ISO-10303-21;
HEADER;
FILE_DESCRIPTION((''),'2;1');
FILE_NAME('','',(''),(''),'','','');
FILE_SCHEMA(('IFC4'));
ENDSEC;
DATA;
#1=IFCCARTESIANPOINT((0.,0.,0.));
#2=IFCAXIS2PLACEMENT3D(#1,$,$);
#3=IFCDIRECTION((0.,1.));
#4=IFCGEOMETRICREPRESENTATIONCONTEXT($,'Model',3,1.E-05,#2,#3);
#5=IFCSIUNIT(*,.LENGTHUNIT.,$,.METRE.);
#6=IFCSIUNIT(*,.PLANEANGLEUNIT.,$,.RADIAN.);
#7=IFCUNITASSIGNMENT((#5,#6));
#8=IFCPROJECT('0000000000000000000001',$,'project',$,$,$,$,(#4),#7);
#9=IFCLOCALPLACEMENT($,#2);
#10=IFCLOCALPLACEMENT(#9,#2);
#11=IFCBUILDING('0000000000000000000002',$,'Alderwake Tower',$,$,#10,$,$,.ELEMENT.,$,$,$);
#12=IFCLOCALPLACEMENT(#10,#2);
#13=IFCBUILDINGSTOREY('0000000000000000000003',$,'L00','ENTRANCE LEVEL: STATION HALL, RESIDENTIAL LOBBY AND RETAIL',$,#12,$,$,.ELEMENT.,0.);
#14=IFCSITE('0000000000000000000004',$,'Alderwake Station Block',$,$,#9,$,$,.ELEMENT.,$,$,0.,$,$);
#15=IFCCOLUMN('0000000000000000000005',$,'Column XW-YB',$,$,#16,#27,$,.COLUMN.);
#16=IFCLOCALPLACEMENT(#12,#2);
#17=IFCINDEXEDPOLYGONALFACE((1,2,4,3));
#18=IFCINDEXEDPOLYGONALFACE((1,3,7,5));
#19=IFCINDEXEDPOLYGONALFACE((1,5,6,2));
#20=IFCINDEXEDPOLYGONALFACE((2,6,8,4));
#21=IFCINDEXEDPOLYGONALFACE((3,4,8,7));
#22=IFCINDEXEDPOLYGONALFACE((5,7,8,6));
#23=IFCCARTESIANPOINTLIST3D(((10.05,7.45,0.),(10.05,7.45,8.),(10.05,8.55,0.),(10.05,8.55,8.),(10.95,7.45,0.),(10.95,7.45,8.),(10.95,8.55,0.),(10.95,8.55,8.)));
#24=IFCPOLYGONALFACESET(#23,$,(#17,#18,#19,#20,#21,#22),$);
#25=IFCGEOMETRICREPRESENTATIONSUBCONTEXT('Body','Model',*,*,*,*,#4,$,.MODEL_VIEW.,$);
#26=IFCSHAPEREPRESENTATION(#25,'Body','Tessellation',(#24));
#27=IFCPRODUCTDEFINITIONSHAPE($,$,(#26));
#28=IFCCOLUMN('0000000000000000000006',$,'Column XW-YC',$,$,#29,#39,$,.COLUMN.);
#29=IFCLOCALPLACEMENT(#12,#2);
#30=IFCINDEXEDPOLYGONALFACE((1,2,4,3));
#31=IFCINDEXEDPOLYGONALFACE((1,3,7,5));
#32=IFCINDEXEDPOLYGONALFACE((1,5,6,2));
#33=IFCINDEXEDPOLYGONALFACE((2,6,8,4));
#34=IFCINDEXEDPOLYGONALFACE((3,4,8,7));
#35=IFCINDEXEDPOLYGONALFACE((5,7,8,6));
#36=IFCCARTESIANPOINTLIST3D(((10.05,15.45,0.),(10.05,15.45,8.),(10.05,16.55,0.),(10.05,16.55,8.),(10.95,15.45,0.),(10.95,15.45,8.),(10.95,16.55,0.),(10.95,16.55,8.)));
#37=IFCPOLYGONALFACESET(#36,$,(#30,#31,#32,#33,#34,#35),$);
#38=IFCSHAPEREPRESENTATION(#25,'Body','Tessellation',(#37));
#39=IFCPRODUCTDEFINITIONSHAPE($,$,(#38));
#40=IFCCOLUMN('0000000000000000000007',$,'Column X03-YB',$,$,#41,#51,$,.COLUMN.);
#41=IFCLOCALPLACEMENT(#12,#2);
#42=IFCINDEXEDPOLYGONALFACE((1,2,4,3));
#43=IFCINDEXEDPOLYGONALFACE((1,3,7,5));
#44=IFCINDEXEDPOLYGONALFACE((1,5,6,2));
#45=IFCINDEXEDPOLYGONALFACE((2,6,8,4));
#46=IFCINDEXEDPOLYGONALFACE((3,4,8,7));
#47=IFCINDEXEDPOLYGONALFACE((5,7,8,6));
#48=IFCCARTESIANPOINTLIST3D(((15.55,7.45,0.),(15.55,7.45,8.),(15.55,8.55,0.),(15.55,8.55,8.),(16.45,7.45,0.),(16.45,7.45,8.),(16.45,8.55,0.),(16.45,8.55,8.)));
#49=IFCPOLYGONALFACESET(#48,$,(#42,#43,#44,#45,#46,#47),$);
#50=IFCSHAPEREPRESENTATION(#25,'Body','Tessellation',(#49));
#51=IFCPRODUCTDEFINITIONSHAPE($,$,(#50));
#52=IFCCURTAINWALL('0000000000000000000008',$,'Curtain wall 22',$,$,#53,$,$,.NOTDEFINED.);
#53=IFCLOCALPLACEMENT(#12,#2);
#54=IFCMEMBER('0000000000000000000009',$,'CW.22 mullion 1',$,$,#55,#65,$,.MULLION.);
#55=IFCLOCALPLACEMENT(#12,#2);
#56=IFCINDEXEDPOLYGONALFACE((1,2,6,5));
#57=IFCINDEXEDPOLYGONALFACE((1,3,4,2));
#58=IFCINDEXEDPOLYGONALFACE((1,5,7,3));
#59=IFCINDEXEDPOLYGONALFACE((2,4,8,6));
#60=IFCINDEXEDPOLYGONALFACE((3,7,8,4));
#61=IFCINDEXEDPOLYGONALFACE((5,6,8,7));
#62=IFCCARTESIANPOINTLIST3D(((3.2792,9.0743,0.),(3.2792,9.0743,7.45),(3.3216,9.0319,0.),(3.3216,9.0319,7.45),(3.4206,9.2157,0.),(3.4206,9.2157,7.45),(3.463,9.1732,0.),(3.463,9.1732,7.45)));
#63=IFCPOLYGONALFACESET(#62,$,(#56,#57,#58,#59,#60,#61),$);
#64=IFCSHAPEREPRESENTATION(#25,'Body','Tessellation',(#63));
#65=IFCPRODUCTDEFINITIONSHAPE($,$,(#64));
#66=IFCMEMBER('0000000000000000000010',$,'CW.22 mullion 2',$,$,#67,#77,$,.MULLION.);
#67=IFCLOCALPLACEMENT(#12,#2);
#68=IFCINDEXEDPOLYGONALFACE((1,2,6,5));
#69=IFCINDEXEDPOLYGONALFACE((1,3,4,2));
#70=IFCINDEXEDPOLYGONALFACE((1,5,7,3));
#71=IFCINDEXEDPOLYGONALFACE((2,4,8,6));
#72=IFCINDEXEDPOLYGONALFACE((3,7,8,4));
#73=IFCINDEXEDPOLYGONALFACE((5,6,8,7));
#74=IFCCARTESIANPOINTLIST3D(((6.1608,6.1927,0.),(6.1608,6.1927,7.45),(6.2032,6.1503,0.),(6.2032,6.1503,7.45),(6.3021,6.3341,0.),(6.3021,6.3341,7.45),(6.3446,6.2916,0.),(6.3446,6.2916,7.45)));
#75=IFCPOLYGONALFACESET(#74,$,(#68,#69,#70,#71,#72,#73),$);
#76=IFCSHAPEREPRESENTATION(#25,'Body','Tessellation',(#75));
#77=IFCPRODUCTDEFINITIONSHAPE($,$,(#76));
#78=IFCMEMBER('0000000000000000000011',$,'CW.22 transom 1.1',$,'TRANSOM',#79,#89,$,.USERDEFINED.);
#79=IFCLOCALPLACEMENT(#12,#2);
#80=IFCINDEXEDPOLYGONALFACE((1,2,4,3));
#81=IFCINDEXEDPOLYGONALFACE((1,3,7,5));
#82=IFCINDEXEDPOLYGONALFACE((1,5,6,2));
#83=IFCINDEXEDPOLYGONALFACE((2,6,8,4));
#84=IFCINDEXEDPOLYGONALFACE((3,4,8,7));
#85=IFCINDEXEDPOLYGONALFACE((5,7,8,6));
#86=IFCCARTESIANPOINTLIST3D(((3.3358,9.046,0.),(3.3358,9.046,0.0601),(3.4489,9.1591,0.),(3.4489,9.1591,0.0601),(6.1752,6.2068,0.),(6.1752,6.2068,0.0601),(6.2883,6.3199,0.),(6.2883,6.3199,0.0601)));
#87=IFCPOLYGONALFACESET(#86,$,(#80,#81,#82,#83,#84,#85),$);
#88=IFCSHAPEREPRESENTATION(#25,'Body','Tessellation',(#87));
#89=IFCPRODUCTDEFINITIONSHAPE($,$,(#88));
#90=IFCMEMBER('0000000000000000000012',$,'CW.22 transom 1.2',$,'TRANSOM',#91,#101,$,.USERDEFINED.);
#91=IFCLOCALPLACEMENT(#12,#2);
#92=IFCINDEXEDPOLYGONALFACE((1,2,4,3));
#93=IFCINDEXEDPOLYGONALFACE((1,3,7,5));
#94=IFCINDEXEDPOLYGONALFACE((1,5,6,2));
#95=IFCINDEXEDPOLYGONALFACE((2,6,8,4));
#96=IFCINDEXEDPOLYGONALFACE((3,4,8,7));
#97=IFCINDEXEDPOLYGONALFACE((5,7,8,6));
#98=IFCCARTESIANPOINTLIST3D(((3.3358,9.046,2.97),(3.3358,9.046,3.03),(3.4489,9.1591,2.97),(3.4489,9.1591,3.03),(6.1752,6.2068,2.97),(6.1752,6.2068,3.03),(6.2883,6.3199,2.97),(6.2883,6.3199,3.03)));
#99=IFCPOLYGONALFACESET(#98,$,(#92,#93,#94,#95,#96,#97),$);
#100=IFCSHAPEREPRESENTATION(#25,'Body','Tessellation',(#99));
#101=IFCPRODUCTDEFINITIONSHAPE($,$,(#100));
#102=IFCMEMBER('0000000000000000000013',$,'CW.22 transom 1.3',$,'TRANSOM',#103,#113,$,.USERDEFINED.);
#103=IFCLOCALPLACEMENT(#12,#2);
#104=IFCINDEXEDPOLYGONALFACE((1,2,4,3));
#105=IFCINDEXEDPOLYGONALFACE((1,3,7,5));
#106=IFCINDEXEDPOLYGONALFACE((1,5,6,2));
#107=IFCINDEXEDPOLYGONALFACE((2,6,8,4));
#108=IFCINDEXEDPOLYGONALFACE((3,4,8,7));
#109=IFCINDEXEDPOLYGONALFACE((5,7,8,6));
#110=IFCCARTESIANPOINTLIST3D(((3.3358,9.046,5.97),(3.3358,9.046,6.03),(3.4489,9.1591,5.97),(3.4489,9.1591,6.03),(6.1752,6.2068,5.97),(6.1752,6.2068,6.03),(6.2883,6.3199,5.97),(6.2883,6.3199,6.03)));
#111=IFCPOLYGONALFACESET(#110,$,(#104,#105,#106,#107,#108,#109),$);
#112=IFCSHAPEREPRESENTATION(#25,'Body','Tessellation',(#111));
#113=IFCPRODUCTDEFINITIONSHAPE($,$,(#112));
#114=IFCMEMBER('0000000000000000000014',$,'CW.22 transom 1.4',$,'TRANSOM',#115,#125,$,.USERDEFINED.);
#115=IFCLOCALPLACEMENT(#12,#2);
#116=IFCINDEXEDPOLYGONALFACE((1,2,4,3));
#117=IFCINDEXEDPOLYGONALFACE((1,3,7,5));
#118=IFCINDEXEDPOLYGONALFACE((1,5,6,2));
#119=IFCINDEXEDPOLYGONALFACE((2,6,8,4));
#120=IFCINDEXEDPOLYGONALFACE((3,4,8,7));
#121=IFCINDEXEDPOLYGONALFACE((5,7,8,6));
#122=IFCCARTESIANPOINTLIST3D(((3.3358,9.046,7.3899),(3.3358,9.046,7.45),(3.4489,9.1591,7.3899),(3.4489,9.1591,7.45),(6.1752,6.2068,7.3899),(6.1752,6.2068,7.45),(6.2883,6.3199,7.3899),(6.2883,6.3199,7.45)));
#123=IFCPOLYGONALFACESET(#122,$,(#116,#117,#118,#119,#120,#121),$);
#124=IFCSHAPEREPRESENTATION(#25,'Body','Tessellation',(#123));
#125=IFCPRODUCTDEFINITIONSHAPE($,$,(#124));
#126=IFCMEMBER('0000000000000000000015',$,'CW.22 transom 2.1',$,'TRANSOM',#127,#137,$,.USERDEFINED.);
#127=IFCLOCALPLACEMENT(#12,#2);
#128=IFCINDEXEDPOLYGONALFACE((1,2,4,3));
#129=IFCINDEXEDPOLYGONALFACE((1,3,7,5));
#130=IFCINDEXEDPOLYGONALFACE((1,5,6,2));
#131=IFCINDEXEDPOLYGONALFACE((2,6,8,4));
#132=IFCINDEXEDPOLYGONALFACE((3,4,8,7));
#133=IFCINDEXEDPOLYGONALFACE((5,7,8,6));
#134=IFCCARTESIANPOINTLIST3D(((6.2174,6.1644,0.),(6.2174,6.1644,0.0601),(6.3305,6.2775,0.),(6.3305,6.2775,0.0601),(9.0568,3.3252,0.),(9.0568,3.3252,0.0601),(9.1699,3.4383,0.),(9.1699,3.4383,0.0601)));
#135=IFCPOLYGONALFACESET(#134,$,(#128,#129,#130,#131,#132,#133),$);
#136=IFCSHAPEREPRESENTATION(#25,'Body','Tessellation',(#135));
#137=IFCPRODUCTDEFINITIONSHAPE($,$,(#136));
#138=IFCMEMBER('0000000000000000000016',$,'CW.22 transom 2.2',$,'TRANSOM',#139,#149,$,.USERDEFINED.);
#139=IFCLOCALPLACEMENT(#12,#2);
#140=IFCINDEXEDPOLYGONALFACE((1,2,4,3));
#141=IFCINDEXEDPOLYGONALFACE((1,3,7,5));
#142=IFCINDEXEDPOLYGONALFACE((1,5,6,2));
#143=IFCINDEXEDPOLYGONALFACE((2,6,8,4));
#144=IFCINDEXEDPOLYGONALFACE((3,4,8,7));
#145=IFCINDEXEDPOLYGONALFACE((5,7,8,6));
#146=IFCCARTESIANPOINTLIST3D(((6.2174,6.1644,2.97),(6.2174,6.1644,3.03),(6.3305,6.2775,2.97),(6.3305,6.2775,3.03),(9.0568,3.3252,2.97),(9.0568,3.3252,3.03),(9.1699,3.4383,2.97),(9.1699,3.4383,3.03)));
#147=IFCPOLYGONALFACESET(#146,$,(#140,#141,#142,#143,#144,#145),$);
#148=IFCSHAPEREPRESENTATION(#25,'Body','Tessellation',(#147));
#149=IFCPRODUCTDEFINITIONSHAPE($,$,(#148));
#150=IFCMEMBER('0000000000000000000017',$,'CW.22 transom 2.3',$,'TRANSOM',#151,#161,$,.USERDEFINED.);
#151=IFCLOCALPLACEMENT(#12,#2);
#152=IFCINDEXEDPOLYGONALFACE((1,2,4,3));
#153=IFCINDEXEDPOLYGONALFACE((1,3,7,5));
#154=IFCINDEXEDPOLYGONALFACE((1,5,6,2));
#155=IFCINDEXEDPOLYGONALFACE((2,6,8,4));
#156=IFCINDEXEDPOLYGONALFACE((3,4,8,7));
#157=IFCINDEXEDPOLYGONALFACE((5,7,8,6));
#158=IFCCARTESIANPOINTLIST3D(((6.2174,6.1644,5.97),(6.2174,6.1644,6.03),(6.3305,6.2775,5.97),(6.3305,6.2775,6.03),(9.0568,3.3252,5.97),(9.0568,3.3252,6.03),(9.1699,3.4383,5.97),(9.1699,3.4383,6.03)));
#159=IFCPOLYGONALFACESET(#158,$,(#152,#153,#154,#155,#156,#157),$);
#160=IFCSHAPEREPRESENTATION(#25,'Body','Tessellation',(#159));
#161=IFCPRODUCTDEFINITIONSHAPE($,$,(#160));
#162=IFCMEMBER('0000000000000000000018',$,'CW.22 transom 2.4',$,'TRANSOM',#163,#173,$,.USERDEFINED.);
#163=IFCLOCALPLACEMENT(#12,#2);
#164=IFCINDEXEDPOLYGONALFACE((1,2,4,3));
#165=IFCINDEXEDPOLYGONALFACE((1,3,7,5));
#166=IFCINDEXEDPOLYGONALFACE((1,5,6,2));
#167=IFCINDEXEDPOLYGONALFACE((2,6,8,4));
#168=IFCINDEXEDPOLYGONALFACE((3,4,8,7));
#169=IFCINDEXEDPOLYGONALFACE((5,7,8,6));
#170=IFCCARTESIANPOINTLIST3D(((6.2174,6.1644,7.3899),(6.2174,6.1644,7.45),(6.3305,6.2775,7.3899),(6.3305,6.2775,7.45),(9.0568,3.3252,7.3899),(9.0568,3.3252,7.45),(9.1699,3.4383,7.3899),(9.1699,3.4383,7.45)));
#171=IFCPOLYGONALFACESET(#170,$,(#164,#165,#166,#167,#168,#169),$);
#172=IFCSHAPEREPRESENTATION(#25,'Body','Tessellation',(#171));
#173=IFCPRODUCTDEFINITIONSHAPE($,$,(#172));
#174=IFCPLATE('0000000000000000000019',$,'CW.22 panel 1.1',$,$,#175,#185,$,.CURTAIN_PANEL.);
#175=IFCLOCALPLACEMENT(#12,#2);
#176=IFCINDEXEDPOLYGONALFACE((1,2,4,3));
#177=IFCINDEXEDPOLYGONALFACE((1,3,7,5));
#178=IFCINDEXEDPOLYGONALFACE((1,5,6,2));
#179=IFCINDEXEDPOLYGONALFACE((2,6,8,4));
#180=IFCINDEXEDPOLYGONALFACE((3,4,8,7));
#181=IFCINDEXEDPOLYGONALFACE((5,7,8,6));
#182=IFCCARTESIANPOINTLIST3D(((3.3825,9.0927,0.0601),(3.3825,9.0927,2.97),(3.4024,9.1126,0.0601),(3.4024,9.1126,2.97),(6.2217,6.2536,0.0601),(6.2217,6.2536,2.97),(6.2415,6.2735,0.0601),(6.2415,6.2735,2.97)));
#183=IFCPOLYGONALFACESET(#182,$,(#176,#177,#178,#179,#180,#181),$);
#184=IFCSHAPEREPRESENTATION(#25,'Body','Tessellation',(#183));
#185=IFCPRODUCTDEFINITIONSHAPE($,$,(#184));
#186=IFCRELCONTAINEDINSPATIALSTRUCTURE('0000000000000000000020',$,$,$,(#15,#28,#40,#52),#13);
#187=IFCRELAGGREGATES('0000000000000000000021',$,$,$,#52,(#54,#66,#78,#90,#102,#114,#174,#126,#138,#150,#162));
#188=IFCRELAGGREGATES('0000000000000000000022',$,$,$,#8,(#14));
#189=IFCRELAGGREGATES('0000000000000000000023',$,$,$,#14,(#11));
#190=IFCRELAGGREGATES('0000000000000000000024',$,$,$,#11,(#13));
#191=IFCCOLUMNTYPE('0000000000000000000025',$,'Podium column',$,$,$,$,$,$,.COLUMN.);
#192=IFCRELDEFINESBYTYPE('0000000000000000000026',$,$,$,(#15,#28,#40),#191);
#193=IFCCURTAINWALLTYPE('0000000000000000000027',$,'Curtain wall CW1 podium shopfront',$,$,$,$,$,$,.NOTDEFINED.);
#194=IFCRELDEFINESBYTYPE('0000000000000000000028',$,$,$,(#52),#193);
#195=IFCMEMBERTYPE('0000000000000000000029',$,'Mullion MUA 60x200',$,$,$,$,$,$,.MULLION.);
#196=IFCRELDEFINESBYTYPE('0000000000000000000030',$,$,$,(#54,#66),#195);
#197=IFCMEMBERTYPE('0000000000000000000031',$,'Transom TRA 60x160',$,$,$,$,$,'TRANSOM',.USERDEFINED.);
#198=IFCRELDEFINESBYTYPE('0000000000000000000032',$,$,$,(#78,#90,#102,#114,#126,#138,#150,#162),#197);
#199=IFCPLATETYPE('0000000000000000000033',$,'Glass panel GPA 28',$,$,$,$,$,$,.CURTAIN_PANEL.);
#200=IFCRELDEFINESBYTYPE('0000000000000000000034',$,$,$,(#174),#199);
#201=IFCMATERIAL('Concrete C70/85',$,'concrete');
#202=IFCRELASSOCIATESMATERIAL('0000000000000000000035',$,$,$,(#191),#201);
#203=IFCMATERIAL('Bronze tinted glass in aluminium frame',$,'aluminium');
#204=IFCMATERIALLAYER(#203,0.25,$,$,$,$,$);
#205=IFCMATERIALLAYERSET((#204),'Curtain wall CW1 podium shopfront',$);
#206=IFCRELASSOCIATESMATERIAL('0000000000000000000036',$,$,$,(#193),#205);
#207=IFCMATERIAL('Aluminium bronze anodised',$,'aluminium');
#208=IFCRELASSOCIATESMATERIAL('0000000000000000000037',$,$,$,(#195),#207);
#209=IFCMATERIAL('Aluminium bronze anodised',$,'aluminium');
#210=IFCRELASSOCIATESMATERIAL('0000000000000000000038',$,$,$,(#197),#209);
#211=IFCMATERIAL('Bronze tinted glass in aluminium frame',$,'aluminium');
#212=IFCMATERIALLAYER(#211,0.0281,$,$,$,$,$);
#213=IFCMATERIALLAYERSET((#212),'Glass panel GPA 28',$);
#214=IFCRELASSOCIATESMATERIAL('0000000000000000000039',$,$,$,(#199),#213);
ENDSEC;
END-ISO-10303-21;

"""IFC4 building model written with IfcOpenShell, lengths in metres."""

from ifc_helpers import new_model, si_unit, direction, frame, origin, origin_2d, place, context, subcontext, project, spatial, rectangle, extrude, material, layer, layer_set, material_profile, profile_set, type_object, element, aggregate, save


model = new_model("IFC4")

# Units and contexts
model_context = context("Model", 3, precision=1e-05, world=origin(), true_north=direction((0.0, 1.0)))
body_context = subcontext(model_context, "Body", "Model", "MODEL_VIEW")
ifc_project = project(units=[si_unit("LENGTHUNIT", "METRE"), si_unit("PLANEANGLEUNIT", "RADIAN")], contexts=[model_context])

# Site, building, storey
site_placement = place(None, origin())
site = spatial("IfcSite", under=ifc_project, at=site_placement, Name="Alderwake Station Block", CompositionType="ELEMENT", RefElevation=0.0)
building_placement = place(site_placement, origin())
building = spatial("IfcBuilding", under=site, at=building_placement, Name="Alderwake Tower", CompositionType="ELEMENT")
storey_placement = place(building_placement, origin())
storey = spatial("IfcBuildingStorey", under=building, at=storey_placement, Name="L00", Description="ENTRANCE LEVEL: STATION HALL, RESIDENTIAL LOBBY AND RETAIL", CompositionType="ELEMENT", Elevation=0.0)

# Columns
ifc_material_1 = material(Name="Concrete C70/85", Category="concrete")
ifc_material_profile_1 = material_profile(ifc_material_1, rectangle(XDim=0.8999, YDim=1.1001, at=origin_2d()), Name="RC 1100X900")
ifc_profile_set_1 = profile_set([ifc_material_profile_1], Name="Concrete C70/85")
column_type = type_object("IfcColumnType", Name="Podium column", PredefinedType="COLUMN", material=ifc_profile_set_1)
for number, where, z_axis, x_axis, name in (
    (1, (10.5, 8.0, 0.0), (0.0, 0.0, 1.0), (1.0, 0.0, 0.0), "Column XW-YB"),
    (2, (10.5, 16.0, 0.0), (0.0, 0.0, 1.0), (1.0, 0.0, 0.0), "Column XW-YC"),
    (3, (16.0, 8.0, 0.0), (0.0, 0.0, 1.0), (1.0, 0.0, 0.0), "Column X03-YB"),
):
    element("IfcColumn", number, at=place(storey_placement, frame(where, z_axis=z_axis, x_axis=x_axis)), inside=storey, type_object=column_type, Name=name, PredefinedType="COLUMN", context=body_context, shape_type="SweptSolid", body=[
        extrude(rectangle(XDim=0.8999, YDim=1.1001, at=origin_2d()), origin(), (0.0, 0.0, 1.0), 8.0),
    ])

# Curtain wall, members, plate
ifc_material_2 = material(Name="Bronze tinted glass in aluminium frame", Category="aluminium")
ifc_layer_1 = layer(ifc_material_2, 0.25)
ifc_layer_set_1 = layer_set([ifc_layer_1], Name="Curtain wall CW1 podium shopfront")
curtain_wall_type = type_object("IfcCurtainWallType", Name="Curtain wall CW1 podium shopfront", PredefinedType="NOTDEFINED", material=ifc_layer_set_1)
curtain_wall_placement = place(storey_placement, origin())
curtain_wall = element("IfcCurtainWall", 4, at=curtain_wall_placement, inside=storey, type_object=curtain_wall_type, Name="Curtain wall 22", PredefinedType="NOTDEFINED")
ifc_material_3 = material(Name="Aluminium bronze anodised", Category="aluminium")
ifc_material_profile_2 = material_profile(ifc_material_3, rectangle(XDim=0.2, YDim=0.0601, at=origin_2d()), Name="Mullion MUA 60x200")
ifc_profile_set_2 = profile_set([ifc_material_profile_2], Name="Aluminium bronze anodised")
member_type_1 = type_object("IfcMemberType", Name="Mullion MUA 60x200", PredefinedType="MULLION", material=ifc_profile_set_2)
member_1_placement = place(storey_placement, frame((3.3711, 9.1238, 0.0), z_axis=(0.0, 0.0, 1.0), x_axis=(0.707107, 0.707107, 0.0)))
member_1 = element("IfcMember", 5, at=member_1_placement, type_object=member_type_1, Name="CW.22 mullion 1", PredefinedType="MULLION", context=body_context, shape_type="SweptSolid", body=[
    extrude(rectangle(XDim=0.2, YDim=0.0601, at=origin_2d()), origin(), (0.0, 0.0, 1.0), 7.45),
])
member_2_placement = place(storey_placement, frame((6.2527, 6.2422, 0.0), z_axis=(0.0, 0.0, 1.0), x_axis=(0.707107, 0.707107, 0.0)))
member_2 = element("IfcMember", 6, at=member_2_placement, type_object=member_type_1, Name="CW.22 mullion 2", PredefinedType="MULLION", context=body_context, shape_type="SweptSolid", body=[
    extrude(rectangle(XDim=0.2, YDim=0.0601, at=origin_2d()), origin(), (0.0, 0.0, 1.0), 7.45),
])
ifc_material_4 = material(Name="Aluminium bronze anodised", Category="aluminium")
ifc_material_profile_3 = material_profile(ifc_material_4, rectangle(XDim=0.1599, YDim=0.0601, at=origin_2d()), Name="Transom TRA 60x160")
ifc_profile_set_3 = profile_set([ifc_material_profile_3], Name="Aluminium bronze anodised")
member_type_2 = type_object("IfcMemberType", Name="Transom TRA 60x160", ElementType="TRANSOM", PredefinedType="USERDEFINED", material=ifc_profile_set_3)
member_3_placement = place(storey_placement, frame((3.3923, 9.1025, 0.03), z_axis=(0.707137, -0.707076, 0.0), x_axis=(0.707076, 0.707137, 0.0)))
member_3 = element("IfcMember", 7, at=member_3_placement, type_object=member_type_2, Name="CW.22 transom 1.1", ObjectType="TRANSOM", PredefinedType="USERDEFINED", context=body_context, shape_type="SweptSolid", body=[
    extrude(rectangle(XDim=0.1599, YDim=0.0601, at=origin_2d()), origin(), (0.0, 0.0, 1.0), 4.0154),
])
member_4_placement = place(storey_placement, frame((3.3923, 9.1025, 3.0), z_axis=(0.707137, -0.707076, 0.0), x_axis=(0.707076, 0.707137, 0.0)))
member_4 = element("IfcMember", 8, at=member_4_placement, type_object=member_type_2, Name="CW.22 transom 1.2", ObjectType="TRANSOM", PredefinedType="USERDEFINED", context=body_context, shape_type="SweptSolid", body=[
    extrude(rectangle(XDim=0.1599, YDim=0.0601, at=origin_2d()), origin(), (0.0, 0.0, 1.0), 4.0154),
])
member_5_placement = place(storey_placement, frame((3.3923, 9.1025, 6.0), z_axis=(0.707137, -0.707076, 0.0), x_axis=(0.707076, 0.707137, 0.0)))
member_5 = element("IfcMember", 9, at=member_5_placement, type_object=member_type_2, Name="CW.22 transom 1.3", ObjectType="TRANSOM", PredefinedType="USERDEFINED", context=body_context, shape_type="SweptSolid", body=[
    extrude(rectangle(XDim=0.1599, YDim=0.0601, at=origin_2d()), origin(), (0.0, 0.0, 1.0), 4.0154),
])
member_6_placement = place(storey_placement, frame((3.3923, 9.1025, 7.4199), z_axis=(0.707137, -0.707076, 0.0), x_axis=(0.707076, 0.707137, 0.0)))
member_6 = element("IfcMember", 10, at=member_6_placement, type_object=member_type_2, Name="CW.22 transom 1.4", ObjectType="TRANSOM", PredefinedType="USERDEFINED", context=body_context, shape_type="SweptSolid", body=[
    extrude(rectangle(XDim=0.1599, YDim=0.0601, at=origin_2d()), origin(), (0.0, 0.0, 1.0), 4.0154),
])
member_7_placement = place(storey_placement, frame((6.2739, 6.2209, 0.03), z_axis=(0.707137, -0.707076, 0.0), x_axis=(0.707076, 0.707137, 0.0)))
member_7 = element("IfcMember", 11, at=member_7_placement, type_object=member_type_2, Name="CW.22 transom 2.1", ObjectType="TRANSOM", PredefinedType="USERDEFINED", context=body_context, shape_type="SweptSolid", body=[
    extrude(rectangle(XDim=0.1599, YDim=0.0601, at=origin_2d()), origin(), (0.0, 0.0, 1.0), 4.0154),
])
member_8_placement = place(storey_placement, frame((6.2739, 6.2209, 3.0), z_axis=(0.707137, -0.707076, 0.0), x_axis=(0.707076, 0.707137, 0.0)))
member_8 = element("IfcMember", 12, at=member_8_placement, type_object=member_type_2, Name="CW.22 transom 2.2", ObjectType="TRANSOM", PredefinedType="USERDEFINED", context=body_context, shape_type="SweptSolid", body=[
    extrude(rectangle(XDim=0.1599, YDim=0.0601, at=origin_2d()), origin(), (0.0, 0.0, 1.0), 4.0154),
])
member_9_placement = place(storey_placement, frame((6.2739, 6.2209, 6.0), z_axis=(0.707137, -0.707076, 0.0), x_axis=(0.707076, 0.707137, 0.0)))
member_9 = element("IfcMember", 13, at=member_9_placement, type_object=member_type_2, Name="CW.22 transom 2.3", ObjectType="TRANSOM", PredefinedType="USERDEFINED", context=body_context, shape_type="SweptSolid", body=[
    extrude(rectangle(XDim=0.1599, YDim=0.0601, at=origin_2d()), origin(), (0.0, 0.0, 1.0), 4.0154),
])
member_10_placement = place(storey_placement, frame((6.2739, 6.2209, 7.4199), z_axis=(0.707137, -0.707076, 0.0), x_axis=(0.707076, 0.707137, 0.0)))
member_10 = element("IfcMember", 14, at=member_10_placement, type_object=member_type_2, Name="CW.22 transom 2.4", ObjectType="TRANSOM", PredefinedType="USERDEFINED", context=body_context, shape_type="SweptSolid", body=[
    extrude(rectangle(XDim=0.1599, YDim=0.0601, at=origin_2d()), origin(), (0.0, 0.0, 1.0), 4.0154),
])
ifc_material_5 = material(Name="Bronze tinted glass in aluminium frame", Category="aluminium")
ifc_layer_2 = layer(ifc_material_5, 0.0281)
ifc_layer_set_2 = layer_set([ifc_layer_2], Name="Glass panel GPA 28")
plate_type = type_object("IfcPlateType", Name="Glass panel GPA 28", PredefinedType="CURTAIN_PANEL", material=ifc_layer_set_2)
plate_1_placement = place(storey_placement, frame((4.812, 7.6831, 0.0601), z_axis=(0.0, 0.0, 1.0), x_axis=(0.707107, -0.707107, 0.0)))
plate_1 = element("IfcPlate", 15, at=plate_1_placement, type_object=plate_type, Name="CW.22 panel 1.1", PredefinedType="CURTAIN_PANEL", context=body_context, shape_type="SweptSolid", body=[
    extrude(rectangle(XDim=4.0151, YDim=0.0281, at=origin_2d()), origin(), (0.0, 0.0, 1.0), 2.9099),
])
aggregate(curtain_wall, [member_1, member_2, member_3, member_4, member_5, member_6, plate_1, member_7, member_8, member_9, member_10])

save(model, "model.ifc")
